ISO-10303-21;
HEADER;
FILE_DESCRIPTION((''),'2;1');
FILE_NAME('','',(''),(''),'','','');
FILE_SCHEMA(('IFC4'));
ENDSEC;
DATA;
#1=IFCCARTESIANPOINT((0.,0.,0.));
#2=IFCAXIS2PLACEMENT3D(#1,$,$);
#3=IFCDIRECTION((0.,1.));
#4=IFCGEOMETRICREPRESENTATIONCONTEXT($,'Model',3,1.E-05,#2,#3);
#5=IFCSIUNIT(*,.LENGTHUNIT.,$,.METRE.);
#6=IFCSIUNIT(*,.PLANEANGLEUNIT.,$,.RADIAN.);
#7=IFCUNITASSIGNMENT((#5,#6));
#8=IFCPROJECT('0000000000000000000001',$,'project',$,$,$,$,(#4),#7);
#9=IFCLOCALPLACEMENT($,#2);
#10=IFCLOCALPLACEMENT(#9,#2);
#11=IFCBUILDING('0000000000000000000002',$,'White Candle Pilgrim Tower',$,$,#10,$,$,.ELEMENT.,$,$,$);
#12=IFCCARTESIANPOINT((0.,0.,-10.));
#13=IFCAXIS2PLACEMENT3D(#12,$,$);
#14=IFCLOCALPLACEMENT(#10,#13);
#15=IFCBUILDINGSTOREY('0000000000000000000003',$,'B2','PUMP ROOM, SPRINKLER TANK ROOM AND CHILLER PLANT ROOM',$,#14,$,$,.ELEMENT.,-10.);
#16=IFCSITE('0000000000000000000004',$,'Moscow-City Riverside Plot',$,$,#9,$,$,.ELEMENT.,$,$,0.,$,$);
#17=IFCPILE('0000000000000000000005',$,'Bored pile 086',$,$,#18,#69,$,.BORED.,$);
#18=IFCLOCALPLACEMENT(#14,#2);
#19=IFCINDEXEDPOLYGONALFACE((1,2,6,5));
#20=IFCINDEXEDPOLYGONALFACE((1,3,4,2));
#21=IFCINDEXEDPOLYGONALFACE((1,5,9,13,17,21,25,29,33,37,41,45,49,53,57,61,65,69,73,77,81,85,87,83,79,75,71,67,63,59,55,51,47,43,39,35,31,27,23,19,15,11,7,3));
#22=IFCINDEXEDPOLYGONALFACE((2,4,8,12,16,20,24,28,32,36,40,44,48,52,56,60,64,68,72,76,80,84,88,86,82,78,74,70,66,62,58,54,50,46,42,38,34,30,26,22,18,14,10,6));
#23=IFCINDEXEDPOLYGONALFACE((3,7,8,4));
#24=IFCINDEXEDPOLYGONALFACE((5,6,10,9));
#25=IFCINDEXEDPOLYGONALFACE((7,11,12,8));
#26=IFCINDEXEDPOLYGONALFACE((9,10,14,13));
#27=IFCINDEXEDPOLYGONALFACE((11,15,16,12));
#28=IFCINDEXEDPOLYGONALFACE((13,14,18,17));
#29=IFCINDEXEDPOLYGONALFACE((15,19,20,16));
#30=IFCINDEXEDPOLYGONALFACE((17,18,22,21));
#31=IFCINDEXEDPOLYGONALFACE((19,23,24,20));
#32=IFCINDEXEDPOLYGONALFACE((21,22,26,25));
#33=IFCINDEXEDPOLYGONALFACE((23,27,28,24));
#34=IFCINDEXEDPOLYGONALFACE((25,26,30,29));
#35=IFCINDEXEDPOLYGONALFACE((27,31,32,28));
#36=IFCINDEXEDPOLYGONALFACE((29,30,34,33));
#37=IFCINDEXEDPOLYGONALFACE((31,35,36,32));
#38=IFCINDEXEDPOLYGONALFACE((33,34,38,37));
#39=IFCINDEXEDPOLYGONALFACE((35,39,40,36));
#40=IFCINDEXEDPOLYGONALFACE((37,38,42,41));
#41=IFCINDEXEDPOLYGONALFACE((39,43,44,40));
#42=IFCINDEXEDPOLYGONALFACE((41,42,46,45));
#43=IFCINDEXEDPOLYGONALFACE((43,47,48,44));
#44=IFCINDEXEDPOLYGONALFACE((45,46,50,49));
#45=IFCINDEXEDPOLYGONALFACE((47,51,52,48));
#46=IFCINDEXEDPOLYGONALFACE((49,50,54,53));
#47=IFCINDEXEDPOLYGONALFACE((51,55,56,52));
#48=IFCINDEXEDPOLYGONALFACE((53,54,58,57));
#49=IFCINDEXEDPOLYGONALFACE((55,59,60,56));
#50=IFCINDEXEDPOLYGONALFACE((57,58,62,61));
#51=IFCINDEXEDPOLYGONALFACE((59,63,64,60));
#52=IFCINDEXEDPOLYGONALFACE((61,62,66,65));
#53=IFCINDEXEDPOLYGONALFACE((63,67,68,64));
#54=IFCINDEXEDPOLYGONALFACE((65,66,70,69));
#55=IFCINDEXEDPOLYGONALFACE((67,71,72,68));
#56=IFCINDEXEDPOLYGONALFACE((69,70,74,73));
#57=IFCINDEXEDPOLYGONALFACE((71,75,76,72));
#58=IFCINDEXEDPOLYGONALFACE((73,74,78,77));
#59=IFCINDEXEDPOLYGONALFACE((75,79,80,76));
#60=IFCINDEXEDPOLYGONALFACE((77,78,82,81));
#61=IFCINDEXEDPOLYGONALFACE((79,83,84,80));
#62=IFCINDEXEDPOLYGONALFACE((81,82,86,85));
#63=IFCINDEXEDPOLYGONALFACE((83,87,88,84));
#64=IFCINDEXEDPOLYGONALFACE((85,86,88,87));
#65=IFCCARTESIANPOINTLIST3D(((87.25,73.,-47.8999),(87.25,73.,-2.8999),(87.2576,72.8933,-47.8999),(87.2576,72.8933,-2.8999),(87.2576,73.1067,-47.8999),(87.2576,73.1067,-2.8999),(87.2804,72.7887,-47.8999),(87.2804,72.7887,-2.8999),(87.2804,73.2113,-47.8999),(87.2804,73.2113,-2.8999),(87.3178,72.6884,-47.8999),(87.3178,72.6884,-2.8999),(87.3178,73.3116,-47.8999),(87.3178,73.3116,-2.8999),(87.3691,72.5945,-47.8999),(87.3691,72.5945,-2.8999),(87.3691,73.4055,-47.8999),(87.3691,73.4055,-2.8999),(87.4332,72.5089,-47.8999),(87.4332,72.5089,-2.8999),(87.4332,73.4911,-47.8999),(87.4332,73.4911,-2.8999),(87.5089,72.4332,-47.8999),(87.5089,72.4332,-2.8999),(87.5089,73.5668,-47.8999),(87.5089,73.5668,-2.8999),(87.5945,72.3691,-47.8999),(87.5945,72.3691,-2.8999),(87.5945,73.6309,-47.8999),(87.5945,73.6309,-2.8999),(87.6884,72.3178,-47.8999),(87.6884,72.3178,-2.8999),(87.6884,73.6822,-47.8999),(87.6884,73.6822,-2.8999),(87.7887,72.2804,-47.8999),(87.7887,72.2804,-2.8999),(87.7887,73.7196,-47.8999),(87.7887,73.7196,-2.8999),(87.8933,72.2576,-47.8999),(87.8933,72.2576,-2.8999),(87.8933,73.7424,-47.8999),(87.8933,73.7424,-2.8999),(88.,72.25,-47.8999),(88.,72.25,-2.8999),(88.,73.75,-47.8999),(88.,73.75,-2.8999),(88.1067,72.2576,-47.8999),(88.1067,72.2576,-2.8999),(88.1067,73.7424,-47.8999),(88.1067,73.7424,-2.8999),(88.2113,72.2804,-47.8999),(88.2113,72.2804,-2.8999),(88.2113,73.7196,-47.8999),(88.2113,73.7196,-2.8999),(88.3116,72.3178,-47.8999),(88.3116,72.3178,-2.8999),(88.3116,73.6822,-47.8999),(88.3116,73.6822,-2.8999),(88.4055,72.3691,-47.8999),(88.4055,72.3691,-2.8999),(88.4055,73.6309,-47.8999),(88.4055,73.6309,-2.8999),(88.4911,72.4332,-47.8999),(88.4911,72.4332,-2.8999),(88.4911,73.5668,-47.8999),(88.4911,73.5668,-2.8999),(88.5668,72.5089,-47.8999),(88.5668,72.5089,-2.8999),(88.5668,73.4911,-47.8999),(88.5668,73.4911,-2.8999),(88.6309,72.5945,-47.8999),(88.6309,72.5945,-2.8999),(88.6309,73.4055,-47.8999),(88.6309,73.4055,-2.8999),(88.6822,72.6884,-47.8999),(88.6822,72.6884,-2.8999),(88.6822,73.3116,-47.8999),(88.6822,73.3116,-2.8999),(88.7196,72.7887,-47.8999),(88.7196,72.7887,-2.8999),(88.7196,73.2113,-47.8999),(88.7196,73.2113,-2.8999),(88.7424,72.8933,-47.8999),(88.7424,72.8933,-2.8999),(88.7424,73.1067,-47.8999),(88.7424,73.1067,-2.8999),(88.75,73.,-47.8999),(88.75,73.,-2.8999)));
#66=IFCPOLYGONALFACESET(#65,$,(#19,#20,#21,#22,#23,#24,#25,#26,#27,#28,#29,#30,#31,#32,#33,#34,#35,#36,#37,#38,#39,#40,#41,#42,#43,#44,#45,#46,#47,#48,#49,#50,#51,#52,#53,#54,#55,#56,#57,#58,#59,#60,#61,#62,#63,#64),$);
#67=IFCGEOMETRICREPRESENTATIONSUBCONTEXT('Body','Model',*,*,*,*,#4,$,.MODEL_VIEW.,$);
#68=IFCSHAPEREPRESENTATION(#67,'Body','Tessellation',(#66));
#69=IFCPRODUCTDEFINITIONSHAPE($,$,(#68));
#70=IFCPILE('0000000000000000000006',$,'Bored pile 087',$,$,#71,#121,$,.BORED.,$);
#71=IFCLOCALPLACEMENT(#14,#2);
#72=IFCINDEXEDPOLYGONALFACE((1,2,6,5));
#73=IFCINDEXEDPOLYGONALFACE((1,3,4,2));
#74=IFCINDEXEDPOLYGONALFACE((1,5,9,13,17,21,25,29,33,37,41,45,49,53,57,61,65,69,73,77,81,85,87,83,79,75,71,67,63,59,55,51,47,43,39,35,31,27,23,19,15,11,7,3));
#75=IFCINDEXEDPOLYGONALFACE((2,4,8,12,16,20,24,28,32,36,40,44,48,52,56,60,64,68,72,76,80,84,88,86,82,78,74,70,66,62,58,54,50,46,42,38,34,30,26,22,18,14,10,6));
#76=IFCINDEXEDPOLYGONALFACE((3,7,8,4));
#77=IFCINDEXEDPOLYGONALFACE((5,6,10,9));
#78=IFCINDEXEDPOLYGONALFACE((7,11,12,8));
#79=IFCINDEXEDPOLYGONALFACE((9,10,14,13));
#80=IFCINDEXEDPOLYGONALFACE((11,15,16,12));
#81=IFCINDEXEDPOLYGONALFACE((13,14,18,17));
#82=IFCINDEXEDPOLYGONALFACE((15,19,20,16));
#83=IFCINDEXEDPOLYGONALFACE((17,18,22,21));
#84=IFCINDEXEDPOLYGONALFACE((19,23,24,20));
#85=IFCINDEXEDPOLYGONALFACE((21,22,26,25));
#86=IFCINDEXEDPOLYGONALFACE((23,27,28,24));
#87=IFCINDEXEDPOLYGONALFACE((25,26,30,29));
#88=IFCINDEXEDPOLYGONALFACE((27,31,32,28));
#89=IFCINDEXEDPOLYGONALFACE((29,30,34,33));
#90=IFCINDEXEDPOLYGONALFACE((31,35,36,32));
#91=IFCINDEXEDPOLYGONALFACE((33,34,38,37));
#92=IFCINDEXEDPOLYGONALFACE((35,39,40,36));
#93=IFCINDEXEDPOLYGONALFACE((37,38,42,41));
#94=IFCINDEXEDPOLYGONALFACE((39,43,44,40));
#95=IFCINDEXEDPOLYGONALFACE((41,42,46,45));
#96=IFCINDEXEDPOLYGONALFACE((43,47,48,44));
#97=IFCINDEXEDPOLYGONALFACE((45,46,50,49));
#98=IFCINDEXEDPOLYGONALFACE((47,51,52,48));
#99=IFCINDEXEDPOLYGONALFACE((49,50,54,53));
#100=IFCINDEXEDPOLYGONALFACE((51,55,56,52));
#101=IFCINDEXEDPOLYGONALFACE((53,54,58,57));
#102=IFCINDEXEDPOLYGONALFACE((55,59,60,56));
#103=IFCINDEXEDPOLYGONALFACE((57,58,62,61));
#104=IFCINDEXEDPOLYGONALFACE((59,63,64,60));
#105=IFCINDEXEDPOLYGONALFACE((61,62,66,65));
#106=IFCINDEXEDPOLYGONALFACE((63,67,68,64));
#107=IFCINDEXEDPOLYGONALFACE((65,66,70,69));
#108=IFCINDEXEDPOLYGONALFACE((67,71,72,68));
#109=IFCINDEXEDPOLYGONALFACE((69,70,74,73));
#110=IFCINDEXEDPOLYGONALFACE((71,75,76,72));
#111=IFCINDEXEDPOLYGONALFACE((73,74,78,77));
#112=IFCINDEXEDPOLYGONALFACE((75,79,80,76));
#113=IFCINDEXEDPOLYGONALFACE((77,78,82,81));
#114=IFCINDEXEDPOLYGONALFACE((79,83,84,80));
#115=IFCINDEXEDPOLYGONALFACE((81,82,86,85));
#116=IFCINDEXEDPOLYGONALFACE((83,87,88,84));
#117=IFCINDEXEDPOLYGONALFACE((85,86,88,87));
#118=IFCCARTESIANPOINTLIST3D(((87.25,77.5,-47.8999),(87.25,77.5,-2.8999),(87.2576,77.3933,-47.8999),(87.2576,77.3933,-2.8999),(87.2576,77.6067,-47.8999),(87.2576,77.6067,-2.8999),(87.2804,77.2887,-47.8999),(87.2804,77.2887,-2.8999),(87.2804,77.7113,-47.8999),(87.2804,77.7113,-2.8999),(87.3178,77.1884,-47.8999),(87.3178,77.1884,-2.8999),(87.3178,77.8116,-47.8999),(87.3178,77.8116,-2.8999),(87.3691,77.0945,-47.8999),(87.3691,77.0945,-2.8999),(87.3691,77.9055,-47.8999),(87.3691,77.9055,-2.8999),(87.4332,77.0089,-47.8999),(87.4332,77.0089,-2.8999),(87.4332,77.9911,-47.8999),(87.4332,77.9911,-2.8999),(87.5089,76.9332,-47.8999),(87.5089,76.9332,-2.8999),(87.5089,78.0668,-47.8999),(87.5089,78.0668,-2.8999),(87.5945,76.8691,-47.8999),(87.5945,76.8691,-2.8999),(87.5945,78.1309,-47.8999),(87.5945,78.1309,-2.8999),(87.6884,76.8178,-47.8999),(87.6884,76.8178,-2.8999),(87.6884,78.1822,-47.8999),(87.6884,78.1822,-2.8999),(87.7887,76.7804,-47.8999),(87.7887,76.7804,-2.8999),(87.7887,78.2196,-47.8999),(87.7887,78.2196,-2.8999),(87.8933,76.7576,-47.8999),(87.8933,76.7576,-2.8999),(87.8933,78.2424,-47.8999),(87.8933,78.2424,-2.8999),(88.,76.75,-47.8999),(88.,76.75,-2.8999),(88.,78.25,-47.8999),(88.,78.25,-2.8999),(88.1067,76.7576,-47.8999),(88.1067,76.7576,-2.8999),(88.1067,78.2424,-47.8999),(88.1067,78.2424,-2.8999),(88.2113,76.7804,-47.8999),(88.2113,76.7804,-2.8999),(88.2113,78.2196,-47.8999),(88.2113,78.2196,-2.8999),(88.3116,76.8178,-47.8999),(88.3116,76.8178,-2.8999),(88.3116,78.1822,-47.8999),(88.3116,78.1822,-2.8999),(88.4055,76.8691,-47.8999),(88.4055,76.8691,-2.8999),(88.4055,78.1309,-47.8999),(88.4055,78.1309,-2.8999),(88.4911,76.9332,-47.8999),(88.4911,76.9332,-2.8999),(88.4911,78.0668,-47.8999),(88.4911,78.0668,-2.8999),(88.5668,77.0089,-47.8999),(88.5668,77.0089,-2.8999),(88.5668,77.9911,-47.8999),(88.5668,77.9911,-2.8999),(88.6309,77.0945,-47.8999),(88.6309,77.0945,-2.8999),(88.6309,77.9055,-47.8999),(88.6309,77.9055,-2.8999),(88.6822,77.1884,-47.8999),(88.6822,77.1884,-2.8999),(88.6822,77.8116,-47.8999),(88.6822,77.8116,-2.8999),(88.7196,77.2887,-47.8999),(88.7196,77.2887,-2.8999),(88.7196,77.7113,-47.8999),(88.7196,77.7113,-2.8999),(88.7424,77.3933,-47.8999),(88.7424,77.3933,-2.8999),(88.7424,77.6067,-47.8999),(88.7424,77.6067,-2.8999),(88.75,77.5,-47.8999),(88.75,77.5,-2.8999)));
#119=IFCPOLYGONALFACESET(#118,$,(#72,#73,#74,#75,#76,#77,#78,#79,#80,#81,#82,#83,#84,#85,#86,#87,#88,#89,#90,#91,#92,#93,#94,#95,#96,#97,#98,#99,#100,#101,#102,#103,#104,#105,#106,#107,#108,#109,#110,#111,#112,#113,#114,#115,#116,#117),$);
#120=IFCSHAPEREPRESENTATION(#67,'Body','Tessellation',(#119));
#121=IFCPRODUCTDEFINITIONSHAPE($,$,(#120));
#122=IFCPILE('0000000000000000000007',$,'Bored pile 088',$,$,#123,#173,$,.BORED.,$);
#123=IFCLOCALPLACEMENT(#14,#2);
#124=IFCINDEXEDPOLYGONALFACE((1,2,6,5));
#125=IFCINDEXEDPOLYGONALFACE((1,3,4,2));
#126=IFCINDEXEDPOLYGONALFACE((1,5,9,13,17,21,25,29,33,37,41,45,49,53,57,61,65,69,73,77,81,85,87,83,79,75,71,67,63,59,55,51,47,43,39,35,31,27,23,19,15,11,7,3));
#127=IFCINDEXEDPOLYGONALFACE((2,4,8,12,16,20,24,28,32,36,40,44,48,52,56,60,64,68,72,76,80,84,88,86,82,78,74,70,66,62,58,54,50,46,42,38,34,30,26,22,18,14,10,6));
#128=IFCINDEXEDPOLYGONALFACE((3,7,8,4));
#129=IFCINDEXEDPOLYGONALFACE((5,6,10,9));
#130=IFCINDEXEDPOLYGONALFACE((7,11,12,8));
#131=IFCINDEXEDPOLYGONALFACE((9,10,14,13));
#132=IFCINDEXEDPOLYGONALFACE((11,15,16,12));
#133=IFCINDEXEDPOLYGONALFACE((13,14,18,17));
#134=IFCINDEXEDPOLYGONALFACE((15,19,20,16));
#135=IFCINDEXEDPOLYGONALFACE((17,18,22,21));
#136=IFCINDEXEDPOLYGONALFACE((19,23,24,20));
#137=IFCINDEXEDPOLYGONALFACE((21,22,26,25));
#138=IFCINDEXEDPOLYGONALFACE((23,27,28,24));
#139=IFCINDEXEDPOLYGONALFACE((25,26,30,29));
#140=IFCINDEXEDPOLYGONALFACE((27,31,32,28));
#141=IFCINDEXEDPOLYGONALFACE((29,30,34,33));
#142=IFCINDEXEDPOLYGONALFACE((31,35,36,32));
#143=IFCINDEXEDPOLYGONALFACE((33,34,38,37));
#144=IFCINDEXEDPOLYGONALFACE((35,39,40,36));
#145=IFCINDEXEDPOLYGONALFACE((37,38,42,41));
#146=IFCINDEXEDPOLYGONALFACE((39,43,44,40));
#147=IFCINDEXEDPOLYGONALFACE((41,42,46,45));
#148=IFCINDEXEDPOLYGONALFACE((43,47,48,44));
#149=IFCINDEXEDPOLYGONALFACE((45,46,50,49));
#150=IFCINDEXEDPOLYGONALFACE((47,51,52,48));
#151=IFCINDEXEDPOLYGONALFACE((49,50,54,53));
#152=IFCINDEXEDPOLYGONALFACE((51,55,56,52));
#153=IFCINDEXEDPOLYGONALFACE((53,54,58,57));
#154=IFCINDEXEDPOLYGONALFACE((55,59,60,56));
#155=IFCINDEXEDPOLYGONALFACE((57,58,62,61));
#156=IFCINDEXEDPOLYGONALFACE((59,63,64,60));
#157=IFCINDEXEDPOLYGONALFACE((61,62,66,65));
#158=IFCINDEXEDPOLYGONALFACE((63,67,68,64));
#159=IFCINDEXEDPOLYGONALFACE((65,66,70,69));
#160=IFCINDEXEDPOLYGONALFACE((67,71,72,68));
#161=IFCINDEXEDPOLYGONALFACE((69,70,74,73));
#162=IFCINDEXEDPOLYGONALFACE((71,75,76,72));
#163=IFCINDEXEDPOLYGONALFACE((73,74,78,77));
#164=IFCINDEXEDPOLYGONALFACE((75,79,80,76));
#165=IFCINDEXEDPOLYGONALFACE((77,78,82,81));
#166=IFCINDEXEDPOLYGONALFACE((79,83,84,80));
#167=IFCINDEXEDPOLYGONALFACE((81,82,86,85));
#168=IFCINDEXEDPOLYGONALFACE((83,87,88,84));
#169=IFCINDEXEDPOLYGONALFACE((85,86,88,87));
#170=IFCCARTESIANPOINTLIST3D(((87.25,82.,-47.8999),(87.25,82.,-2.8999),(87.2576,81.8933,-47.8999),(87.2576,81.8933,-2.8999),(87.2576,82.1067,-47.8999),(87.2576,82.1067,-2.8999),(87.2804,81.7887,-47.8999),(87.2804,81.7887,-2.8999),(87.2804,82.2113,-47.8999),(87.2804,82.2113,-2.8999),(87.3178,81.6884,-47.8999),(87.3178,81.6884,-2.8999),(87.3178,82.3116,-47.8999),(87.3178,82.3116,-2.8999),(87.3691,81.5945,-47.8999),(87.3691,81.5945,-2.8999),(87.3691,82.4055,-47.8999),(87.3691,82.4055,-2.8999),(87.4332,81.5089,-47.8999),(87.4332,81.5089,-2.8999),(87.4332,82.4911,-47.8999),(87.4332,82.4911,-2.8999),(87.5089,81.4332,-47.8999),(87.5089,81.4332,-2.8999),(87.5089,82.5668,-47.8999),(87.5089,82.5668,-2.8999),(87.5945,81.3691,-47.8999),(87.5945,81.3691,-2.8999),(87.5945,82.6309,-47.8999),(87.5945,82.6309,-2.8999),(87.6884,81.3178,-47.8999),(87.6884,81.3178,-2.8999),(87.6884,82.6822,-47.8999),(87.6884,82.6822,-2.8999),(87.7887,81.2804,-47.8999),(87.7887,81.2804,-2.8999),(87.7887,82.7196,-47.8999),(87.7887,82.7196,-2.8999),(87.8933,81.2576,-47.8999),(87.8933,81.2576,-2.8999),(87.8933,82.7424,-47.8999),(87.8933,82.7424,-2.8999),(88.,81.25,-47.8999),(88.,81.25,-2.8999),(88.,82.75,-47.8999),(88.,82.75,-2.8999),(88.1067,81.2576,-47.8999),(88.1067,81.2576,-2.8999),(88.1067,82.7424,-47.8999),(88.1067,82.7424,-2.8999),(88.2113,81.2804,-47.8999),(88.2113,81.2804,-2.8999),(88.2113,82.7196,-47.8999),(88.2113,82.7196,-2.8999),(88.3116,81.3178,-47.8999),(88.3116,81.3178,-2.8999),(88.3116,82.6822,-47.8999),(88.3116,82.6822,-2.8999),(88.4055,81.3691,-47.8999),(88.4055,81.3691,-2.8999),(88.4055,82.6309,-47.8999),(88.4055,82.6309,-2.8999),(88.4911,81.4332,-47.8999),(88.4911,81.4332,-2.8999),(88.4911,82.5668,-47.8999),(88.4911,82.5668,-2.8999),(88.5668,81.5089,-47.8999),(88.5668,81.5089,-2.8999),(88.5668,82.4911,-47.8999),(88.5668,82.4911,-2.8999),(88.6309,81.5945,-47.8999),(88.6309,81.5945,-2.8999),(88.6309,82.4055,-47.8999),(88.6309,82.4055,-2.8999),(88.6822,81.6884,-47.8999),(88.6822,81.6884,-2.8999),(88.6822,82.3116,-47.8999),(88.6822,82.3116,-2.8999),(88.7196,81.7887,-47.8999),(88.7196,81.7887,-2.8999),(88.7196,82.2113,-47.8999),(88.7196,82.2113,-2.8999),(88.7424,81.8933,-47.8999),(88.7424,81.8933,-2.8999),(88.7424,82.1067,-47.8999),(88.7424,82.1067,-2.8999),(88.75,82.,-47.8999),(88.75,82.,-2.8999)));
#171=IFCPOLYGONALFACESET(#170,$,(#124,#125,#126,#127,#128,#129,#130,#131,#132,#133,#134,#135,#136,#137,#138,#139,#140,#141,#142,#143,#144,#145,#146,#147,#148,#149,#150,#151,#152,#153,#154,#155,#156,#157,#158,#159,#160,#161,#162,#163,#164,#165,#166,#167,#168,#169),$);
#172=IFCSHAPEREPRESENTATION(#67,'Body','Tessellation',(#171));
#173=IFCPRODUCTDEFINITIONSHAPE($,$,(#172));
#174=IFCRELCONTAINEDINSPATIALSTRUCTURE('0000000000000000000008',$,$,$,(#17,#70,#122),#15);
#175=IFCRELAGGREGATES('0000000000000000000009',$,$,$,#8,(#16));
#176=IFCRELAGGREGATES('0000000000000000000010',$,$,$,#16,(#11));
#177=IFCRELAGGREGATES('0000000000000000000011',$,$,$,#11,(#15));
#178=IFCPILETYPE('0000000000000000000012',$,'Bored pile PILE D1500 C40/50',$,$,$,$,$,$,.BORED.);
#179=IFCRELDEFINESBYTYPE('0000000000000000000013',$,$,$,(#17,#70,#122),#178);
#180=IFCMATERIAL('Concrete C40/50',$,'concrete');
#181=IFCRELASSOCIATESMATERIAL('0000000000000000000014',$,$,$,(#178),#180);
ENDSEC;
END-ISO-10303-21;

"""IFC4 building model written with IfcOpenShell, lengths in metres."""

from ifc_helpers import new_model, si_unit, direction, frame, origin, origin_2d, place, context, subcontext, project, spatial, circle, extrude, material, material_profile, profile_set, type_object, element, save


model = new_model("IFC4")

# Units and contexts
model_context = context("Model", 3, precision=1e-05, world=origin(), true_north=direction((0.0, 1.0)))
body_context = subcontext(model_context, "Body", "Model", "MODEL_VIEW")
ifc_project = project(units=[si_unit("LENGTHUNIT", "METRE"), si_unit("PLANEANGLEUNIT", "RADIAN")], contexts=[model_context])

# Site, building, storey
site_placement = place(None, origin())
site = spatial("IfcSite", under=ifc_project, at=site_placement, Name="Moscow-City Riverside Plot", CompositionType="ELEMENT", RefElevation=0.0)
building_placement = place(site_placement, origin())
building = spatial("IfcBuilding", under=site, at=building_placement, Name="White Candle Pilgrim Tower", CompositionType="ELEMENT")
storey_placement = place(building_placement, frame((0.0, 0.0, -10.0)))
storey = spatial("IfcBuildingStorey", under=building, at=storey_placement, Name="B2", Description="PUMP ROOM, SPRINKLER TANK ROOM AND CHILLER PLANT ROOM", CompositionType="ELEMENT", Elevation=-10.0)

# Piles
ifc_material_1 = material(Name="Concrete C40/50", Category="concrete")
ifc_material_profile_1 = material_profile(ifc_material_1, circle(Radius=0.75, at=origin_2d()), Name="PILE D1500")
ifc_profile_set_1 = profile_set([ifc_material_profile_1], Name="Concrete C40/50")
pile_type_1 = type_object("IfcPileType", Name="Bored pile PILE D1500 C40/50", PredefinedType="BORED", material=ifc_profile_set_1)
for number, where, z_axis, x_axis, name in (
    (1, (88.0, 73.0, -2.8999), (0.0, 0.0, -1.0), (1.0, 0.0, 0.0), "Bored pile 086"),
    (2, (88.0, 77.5, -2.8999), (0.0, 0.0, -1.0), (1.0, 0.0, 0.0), "Bored pile 087"),
    (3, (88.0, 82.0, -2.8999), (0.0, 0.0, -1.0), (1.0, 0.0, 0.0), "Bored pile 088"),
):
    element("IfcPile", number, at=place(storey_placement, frame(where, z_axis=z_axis, x_axis=x_axis)), inside=storey, type_object=pile_type_1, Name=name, PredefinedType="BORED", context=body_context, shape_type="SweptSolid", body=[
        extrude(circle(Radius=0.75, at=origin_2d()), origin(), (0.0, 0.0, 1.0), 45.0),
    ])

save(model, "model.ifc")
